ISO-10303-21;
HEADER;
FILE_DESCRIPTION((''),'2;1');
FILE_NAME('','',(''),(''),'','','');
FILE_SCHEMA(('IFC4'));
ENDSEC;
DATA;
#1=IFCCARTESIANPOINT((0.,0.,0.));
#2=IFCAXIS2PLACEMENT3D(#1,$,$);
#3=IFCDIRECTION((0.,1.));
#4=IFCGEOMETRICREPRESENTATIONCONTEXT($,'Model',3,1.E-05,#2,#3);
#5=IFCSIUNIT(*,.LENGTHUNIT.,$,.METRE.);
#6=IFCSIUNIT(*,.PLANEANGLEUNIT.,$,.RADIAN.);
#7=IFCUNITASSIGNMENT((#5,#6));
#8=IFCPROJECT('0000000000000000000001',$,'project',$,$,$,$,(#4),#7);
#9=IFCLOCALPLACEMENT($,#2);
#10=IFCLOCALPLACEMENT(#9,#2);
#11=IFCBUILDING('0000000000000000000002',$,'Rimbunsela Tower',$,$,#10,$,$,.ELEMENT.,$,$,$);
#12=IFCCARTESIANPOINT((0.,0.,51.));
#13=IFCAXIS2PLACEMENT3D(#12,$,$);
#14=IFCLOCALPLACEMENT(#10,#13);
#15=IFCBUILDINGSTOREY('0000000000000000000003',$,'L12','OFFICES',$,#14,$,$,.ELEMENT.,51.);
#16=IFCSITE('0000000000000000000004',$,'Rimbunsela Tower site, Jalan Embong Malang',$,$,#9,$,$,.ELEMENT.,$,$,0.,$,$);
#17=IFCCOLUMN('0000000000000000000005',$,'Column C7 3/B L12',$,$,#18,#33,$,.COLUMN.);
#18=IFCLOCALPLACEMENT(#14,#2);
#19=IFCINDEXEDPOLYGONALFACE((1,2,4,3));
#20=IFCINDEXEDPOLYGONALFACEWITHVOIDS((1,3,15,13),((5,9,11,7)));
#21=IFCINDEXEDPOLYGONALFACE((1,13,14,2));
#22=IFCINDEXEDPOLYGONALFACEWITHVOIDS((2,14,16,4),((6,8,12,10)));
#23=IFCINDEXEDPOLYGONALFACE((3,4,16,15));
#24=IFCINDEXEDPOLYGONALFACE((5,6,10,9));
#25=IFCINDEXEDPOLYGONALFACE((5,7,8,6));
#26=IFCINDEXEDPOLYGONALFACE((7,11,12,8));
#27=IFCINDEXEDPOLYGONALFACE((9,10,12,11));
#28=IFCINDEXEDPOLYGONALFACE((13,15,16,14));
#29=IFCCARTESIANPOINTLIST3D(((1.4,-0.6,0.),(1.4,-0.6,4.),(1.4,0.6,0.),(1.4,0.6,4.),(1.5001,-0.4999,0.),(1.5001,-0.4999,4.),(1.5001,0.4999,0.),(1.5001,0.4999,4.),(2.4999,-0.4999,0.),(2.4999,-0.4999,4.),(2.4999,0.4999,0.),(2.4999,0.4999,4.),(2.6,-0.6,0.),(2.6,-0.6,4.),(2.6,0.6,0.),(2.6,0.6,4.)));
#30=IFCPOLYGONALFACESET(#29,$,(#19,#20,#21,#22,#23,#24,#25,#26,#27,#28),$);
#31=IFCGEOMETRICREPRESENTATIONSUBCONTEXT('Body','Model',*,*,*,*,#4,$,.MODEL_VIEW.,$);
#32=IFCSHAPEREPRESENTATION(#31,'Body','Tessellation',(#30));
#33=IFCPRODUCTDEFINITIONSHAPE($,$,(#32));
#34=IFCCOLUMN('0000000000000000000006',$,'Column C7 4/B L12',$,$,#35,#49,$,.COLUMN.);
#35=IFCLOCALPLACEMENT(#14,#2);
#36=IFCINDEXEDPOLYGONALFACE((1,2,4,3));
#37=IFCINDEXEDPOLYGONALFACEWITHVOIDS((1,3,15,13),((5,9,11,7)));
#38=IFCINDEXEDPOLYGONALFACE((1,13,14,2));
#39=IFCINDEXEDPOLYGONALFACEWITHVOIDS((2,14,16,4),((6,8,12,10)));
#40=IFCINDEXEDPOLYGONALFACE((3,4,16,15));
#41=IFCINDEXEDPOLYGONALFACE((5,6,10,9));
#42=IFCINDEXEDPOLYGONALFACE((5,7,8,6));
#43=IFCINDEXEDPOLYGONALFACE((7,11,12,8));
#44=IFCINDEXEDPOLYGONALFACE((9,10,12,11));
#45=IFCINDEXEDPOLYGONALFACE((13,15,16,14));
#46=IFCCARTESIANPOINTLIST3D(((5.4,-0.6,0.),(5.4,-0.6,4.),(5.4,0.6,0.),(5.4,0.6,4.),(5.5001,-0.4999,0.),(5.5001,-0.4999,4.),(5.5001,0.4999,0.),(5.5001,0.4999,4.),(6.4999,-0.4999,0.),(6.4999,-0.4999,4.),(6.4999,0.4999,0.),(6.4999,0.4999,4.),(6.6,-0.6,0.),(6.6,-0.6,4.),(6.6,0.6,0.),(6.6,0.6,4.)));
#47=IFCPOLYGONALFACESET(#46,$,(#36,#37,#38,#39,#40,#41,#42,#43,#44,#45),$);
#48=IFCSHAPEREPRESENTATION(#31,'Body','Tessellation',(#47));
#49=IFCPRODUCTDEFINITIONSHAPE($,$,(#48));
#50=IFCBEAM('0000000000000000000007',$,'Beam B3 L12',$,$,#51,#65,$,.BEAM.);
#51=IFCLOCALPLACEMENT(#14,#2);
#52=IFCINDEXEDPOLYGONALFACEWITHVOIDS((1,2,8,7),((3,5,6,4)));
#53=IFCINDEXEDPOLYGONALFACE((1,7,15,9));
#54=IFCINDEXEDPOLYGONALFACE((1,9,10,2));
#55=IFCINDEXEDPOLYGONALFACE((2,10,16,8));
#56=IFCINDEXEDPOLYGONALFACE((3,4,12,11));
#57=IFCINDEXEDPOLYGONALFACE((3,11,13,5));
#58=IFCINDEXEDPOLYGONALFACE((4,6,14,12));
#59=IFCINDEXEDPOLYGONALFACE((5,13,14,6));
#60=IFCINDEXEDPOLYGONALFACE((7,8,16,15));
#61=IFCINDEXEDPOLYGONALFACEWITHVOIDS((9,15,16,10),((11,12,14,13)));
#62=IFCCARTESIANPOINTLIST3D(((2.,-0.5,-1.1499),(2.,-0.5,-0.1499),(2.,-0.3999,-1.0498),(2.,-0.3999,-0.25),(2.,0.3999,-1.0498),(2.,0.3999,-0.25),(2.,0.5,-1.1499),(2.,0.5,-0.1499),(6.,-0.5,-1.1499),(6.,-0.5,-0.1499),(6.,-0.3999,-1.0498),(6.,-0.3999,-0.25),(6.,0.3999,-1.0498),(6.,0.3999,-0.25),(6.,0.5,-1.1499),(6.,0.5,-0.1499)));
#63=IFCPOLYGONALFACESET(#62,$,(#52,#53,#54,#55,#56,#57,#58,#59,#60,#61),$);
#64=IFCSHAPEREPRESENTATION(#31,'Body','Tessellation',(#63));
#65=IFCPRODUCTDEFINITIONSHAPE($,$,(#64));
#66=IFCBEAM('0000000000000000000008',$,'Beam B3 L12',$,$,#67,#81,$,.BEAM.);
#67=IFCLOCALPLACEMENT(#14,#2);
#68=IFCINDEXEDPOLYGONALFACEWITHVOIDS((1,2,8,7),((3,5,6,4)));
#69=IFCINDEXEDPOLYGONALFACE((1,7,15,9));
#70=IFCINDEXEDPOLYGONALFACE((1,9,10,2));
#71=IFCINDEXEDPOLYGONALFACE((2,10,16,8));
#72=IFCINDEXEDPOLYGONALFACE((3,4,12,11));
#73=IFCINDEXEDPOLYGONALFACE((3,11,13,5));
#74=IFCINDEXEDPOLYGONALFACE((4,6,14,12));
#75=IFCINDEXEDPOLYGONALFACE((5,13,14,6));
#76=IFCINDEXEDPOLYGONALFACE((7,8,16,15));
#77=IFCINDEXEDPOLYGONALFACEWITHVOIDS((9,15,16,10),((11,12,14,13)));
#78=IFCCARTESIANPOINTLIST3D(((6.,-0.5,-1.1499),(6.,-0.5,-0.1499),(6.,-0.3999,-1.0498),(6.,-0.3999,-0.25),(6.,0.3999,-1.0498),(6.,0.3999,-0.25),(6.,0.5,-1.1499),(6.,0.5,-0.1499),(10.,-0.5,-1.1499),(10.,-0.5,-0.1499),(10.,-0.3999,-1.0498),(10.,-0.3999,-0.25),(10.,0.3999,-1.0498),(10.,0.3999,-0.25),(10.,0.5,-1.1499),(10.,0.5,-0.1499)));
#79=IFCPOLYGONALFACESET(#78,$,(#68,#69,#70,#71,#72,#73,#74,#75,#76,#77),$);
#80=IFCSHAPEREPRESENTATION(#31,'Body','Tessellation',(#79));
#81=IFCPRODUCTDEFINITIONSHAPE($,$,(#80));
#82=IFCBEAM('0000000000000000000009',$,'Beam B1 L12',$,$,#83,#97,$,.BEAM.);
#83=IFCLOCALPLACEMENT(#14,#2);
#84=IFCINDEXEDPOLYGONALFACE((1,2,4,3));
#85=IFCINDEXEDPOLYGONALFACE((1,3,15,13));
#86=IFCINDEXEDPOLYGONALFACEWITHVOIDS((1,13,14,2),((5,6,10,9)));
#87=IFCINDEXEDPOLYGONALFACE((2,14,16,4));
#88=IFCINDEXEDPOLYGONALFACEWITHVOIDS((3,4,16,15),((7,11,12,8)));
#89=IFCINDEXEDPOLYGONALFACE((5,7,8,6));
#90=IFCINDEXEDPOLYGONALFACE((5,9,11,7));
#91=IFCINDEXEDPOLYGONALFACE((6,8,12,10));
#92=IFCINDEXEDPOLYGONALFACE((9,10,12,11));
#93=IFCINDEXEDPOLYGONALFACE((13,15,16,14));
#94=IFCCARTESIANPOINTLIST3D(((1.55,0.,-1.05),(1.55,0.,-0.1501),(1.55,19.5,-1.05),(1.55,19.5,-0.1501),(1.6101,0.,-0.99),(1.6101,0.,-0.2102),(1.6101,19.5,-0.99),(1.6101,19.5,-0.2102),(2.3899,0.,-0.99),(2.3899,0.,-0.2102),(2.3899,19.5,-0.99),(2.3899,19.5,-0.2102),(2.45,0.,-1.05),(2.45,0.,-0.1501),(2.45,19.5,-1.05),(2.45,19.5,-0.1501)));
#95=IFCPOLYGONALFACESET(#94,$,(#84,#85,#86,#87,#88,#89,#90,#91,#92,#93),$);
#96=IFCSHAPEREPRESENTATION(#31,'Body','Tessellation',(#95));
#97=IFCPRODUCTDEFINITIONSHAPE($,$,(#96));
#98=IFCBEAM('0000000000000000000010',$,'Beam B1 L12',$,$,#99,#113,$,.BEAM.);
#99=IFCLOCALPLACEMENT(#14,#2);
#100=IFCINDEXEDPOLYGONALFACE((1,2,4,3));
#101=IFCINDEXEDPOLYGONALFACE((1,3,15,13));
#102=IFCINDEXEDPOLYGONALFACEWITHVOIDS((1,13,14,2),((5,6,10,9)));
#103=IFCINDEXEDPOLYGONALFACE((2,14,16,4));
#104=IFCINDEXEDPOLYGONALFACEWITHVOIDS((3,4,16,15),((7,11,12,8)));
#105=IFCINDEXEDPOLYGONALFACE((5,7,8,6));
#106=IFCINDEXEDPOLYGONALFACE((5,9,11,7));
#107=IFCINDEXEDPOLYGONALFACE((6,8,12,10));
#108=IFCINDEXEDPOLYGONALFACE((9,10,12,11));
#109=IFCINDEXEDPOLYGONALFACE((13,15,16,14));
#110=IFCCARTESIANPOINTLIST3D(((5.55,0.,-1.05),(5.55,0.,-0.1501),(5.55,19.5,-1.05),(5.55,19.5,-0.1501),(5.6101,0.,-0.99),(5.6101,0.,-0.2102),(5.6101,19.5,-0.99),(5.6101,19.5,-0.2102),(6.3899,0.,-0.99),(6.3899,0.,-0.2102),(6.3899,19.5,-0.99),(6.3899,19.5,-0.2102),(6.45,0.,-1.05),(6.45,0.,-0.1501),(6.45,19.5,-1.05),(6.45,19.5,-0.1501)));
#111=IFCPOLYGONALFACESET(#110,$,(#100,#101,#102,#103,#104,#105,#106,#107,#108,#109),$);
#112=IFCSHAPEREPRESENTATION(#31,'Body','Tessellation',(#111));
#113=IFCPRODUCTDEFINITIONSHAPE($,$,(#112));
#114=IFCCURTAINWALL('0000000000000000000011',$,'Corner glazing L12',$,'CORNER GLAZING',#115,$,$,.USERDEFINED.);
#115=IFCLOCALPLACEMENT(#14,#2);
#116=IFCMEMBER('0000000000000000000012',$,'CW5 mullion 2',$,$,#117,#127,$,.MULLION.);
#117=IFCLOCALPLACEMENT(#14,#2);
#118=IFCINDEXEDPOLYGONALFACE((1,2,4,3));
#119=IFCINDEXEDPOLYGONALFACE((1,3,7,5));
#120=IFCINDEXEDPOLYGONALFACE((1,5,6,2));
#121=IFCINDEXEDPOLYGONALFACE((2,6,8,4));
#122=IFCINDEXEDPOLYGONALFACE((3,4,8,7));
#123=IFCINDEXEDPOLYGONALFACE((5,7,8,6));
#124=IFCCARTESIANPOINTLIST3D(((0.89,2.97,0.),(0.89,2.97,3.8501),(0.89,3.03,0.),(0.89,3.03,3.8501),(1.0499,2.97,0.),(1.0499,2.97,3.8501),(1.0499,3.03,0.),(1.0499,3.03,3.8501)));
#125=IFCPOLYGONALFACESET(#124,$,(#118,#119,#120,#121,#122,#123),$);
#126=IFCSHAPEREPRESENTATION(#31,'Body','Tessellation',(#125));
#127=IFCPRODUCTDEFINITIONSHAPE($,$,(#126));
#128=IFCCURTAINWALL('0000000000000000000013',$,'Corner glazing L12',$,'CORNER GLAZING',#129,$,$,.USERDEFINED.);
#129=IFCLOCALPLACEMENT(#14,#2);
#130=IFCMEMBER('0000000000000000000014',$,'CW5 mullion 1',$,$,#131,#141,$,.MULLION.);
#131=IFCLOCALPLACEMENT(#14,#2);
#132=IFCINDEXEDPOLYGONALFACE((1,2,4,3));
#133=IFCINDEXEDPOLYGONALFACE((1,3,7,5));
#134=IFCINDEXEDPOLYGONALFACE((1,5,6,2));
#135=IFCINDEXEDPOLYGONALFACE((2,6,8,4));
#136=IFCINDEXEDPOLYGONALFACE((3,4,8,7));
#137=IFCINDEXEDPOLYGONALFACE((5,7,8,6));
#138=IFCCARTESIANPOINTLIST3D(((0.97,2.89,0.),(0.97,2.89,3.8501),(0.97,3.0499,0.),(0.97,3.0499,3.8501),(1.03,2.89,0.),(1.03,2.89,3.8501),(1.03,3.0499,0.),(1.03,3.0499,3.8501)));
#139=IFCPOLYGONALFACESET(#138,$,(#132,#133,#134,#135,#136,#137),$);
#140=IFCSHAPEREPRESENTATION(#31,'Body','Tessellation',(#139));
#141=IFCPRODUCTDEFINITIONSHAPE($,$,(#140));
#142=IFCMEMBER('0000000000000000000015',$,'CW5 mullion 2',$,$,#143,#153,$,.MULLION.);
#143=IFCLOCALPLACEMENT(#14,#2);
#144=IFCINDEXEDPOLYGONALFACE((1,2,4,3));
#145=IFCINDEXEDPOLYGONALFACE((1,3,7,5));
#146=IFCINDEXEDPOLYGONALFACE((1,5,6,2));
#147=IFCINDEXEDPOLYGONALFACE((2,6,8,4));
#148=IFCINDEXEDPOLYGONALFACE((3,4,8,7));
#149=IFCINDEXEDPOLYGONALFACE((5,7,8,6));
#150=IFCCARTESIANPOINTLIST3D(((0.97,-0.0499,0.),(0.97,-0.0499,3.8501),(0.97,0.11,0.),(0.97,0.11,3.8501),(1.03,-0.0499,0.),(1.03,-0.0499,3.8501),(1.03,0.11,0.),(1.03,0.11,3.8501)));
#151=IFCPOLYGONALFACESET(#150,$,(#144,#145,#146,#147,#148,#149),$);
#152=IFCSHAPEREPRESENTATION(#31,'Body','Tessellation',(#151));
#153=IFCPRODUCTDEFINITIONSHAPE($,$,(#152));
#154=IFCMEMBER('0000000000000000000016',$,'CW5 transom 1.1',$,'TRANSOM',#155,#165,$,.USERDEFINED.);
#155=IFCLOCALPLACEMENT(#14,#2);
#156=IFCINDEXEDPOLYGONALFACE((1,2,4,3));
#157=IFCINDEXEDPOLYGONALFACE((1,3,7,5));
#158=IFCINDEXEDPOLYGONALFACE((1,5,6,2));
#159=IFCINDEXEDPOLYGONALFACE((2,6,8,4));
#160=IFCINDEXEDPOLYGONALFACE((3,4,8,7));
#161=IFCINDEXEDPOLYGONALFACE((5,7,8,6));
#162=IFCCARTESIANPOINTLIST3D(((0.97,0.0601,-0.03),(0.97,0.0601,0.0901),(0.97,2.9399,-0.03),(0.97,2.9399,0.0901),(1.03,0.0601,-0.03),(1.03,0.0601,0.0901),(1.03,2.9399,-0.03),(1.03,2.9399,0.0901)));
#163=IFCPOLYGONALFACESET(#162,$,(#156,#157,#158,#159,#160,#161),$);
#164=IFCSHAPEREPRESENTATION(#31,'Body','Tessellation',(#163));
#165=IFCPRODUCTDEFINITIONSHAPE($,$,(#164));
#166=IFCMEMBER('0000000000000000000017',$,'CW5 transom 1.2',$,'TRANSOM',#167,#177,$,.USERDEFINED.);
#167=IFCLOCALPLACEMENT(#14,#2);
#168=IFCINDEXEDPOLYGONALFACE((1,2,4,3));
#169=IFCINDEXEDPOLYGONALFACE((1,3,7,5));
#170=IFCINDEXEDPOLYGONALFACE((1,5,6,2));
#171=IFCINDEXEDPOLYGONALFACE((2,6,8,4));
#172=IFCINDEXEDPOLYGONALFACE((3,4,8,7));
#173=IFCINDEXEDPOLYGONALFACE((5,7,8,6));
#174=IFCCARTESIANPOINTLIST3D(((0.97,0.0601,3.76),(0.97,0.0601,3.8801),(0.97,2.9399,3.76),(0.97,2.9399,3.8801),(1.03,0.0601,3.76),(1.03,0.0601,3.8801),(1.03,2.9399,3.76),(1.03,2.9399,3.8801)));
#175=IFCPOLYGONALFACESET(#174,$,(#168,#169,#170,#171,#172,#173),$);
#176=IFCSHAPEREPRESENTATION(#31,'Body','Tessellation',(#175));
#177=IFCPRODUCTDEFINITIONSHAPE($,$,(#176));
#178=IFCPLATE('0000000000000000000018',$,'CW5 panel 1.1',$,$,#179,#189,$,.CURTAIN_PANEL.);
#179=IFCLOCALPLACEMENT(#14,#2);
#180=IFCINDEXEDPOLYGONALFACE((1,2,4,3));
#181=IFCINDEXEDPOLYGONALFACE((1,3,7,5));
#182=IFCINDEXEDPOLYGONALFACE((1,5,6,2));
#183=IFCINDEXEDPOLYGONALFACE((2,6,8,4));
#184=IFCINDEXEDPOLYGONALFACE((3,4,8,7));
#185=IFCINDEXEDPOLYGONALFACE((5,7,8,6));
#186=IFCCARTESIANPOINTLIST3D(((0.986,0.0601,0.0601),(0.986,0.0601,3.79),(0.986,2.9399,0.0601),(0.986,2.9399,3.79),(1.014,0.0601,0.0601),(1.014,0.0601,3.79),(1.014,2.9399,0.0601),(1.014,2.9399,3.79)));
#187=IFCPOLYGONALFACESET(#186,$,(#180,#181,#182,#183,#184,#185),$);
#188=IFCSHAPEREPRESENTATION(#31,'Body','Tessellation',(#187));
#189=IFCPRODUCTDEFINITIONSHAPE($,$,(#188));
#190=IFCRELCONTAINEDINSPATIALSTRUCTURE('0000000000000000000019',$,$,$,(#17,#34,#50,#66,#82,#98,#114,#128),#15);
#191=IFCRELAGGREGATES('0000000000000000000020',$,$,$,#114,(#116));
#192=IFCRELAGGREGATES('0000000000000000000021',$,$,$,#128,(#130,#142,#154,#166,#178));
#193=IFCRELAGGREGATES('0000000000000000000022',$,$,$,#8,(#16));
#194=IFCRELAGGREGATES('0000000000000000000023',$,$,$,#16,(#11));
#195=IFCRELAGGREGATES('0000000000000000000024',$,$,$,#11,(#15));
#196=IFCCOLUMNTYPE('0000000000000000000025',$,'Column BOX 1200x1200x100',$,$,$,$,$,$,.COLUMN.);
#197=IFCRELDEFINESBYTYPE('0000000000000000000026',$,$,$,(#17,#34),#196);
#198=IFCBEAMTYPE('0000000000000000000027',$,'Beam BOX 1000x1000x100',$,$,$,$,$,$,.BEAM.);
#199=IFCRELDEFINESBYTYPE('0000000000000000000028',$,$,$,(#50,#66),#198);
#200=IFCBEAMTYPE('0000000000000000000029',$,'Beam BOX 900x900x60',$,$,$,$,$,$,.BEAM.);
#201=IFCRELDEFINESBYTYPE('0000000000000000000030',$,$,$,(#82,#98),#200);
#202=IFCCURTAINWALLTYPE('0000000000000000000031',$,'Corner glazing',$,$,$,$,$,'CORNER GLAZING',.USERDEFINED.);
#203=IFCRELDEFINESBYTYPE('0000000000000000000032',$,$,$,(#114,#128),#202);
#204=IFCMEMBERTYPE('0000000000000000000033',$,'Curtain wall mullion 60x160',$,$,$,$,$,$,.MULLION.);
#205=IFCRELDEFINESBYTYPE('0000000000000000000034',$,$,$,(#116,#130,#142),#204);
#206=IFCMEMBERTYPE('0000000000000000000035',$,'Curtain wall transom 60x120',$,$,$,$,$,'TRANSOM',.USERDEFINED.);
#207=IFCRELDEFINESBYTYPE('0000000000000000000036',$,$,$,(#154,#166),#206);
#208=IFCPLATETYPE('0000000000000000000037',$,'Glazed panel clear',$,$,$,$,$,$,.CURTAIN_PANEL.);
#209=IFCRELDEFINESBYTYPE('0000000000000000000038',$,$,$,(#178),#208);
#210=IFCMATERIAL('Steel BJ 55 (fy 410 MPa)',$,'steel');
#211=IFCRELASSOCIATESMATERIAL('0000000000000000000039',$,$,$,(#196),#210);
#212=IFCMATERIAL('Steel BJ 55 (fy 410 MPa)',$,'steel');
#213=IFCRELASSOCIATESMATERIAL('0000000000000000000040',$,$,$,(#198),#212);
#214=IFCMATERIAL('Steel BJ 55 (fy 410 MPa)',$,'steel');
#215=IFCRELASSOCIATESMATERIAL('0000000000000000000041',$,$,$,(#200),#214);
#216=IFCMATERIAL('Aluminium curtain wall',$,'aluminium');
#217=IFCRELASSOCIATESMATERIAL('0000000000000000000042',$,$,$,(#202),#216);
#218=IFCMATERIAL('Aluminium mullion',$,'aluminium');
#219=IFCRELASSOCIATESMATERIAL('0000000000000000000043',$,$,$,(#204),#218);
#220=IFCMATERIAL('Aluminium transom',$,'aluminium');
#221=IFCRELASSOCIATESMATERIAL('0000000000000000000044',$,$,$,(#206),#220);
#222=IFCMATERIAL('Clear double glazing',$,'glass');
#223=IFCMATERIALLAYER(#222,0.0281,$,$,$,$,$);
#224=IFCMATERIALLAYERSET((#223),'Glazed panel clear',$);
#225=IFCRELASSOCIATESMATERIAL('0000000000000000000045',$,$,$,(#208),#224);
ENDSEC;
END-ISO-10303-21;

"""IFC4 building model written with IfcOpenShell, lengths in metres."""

from ifc_helpers import new_model, si_unit, direction, frame, origin, origin_2d, place, context, subcontext, project, spatial, rectangle, hollow_rectangle, extrude, material, layer, layer_set, material_profile, profile_set, type_object, element, aggregate, save


model = new_model("IFC4")

# Units and contexts
model_context = context("Model", 3, precision=1e-05, world=origin(), true_north=direction((0.0, 1.0)))
body_context = subcontext(model_context, "Body", "Model", "MODEL_VIEW")
ifc_project = project(units=[si_unit("LENGTHUNIT", "METRE"), si_unit("PLANEANGLEUNIT", "RADIAN")], contexts=[model_context])

# Site, building, storey
site_placement = place(None, origin())
site = spatial("IfcSite", under=ifc_project, at=site_placement, Name="Rimbunsela Tower site, Jalan Embong Malang", CompositionType="ELEMENT", RefElevation=0.0)
building_placement = place(site_placement, origin())
building = spatial("IfcBuilding", under=site, at=building_placement, Name="Rimbunsela Tower", CompositionType="ELEMENT")
storey_placement = place(building_placement, frame((0.0, 0.0, 51.0)))
storey = spatial("IfcBuildingStorey", under=building, at=storey_placement, Name="L12", Description="OFFICES", CompositionType="ELEMENT", Elevation=51.0)

# Columns
ifc_material_1 = material(Name="Steel BJ 55 (fy 410 MPa)", Category="steel")
ifc_material_profile_1 = material_profile(ifc_material_1, hollow_rectangle(XDim=1.2, YDim=1.2, WallThickness=0.1001, at=origin_2d()), Name="BOX 1200x1200x100")
ifc_profile_set_1 = profile_set([ifc_material_profile_1], Name="Steel BJ 55 (fy 410 MPa)")
column_type = type_object("IfcColumnType", Name="Column BOX 1200x1200x100", PredefinedType="COLUMN", material=ifc_profile_set_1)
for number, where, z_axis, x_axis, name in (
    (1, (2.0, 0.0, 0.0), (0.0, 0.0, 1.0), (1.0, 0.0, 0.0), "Column C7 3/B L12"),
    (2, (6.0, 0.0, 0.0), (0.0, 0.0, 1.0), (1.0, 0.0, 0.0), "Column C7 4/B L12"),
):
    element("IfcColumn", number, at=place(storey_placement, frame(where, z_axis=z_axis, x_axis=x_axis)), inside=storey, type_object=column_type, Name=name, PredefinedType="COLUMN", context=body_context, shape_type="SweptSolid", body=[
        extrude(hollow_rectangle(XDim=1.2, YDim=1.2, WallThickness=0.1001, at=origin_2d()), origin(), (0.0, 0.0, 1.0), 4.0),
    ])

# Beams
ifc_material_2 = material(Name="Steel BJ 55 (fy 410 MPa)", Category="steel")
ifc_material_profile_2 = material_profile(ifc_material_2, hollow_rectangle(XDim=1.0, YDim=1.0, WallThickness=0.1001, at=origin_2d()), Name="BOX 1000x1000x100")
ifc_profile_set_2 = profile_set([ifc_material_profile_2], Name="Steel BJ 55 (fy 410 MPa)")
beam_type_1 = type_object("IfcBeamType", Name="Beam BOX 1000x1000x100", PredefinedType="BEAM", material=ifc_profile_set_2)
for number, where, z_axis, x_axis, name in (
    (3, (2.0, 0.0, -0.6499), (1.0, 0.0, 0.0), (0.0, 1.0, 0.0), "Beam B3 L12"),
    (4, (6.0, 0.0, -0.6499), (1.0, 0.0, 0.0), (0.0, 1.0, 0.0), "Beam B3 L12"),
):
    element("IfcBeam", number, at=place(storey_placement, frame(where, z_axis=z_axis, x_axis=x_axis)), inside=storey, type_object=beam_type_1, Name=name, PredefinedType="BEAM", context=body_context, shape_type="SweptSolid", body=[
        extrude(hollow_rectangle(XDim=1.0, YDim=1.0, WallThickness=0.1001, at=origin_2d()), origin(), (0.0, 0.0, 1.0), 4.0),
    ])
ifc_material_3 = material(Name="Steel BJ 55 (fy 410 MPa)", Category="steel")
ifc_material_profile_3 = material_profile(ifc_material_3, hollow_rectangle(XDim=0.8999, YDim=0.8999, WallThickness=0.0601, at=origin_2d()), Name="BOX 900x900x60")
ifc_profile_set_3 = profile_set([ifc_material_profile_3], Name="Steel BJ 55 (fy 410 MPa)")
beam_type_2 = type_object("IfcBeamType", Name="Beam BOX 900x900x60", PredefinedType="BEAM", material=ifc_profile_set_3)
for number, where, z_axis, x_axis, name in (
    (5, (2.0, 0.0, -0.6001), (0.0, 1.0, 0.0), (-1.0, 0.0, 0.0), "Beam B1 L12"),
    (6, (6.0, 0.0, -0.6001), (0.0, 1.0, 0.0), (-1.0, 0.0, 0.0), "Beam B1 L12"),
):
    element("IfcBeam", number, at=place(storey_placement, frame(where, z_axis=z_axis, x_axis=x_axis)), inside=storey, type_object=beam_type_2, Name=name, PredefinedType="BEAM", context=body_context, shape_type="SweptSolid", body=[
        extrude(hollow_rectangle(XDim=0.8999, YDim=0.8999, WallThickness=0.0601, at=origin_2d()), origin(), (0.0, 0.0, 1.0), 19.5),
    ])

# Curtain wall, member
ifc_material_4 = material(Name="Aluminium curtain wall", Category="aluminium")
curtain_wall_type = type_object("IfcCurtainWallType", Name="Corner glazing", ElementType="CORNER GLAZING", PredefinedType="USERDEFINED", material=ifc_material_4)
curtain_wall_1_placement = place(storey_placement, origin())
curtain_wall_1 = element("IfcCurtainWall", 7, at=curtain_wall_1_placement, inside=storey, type_object=curtain_wall_type, Name="Corner glazing L12", ObjectType="CORNER GLAZING", PredefinedType="USERDEFINED")
ifc_material_5 = material(Name="Aluminium mullion", Category="aluminium")
ifc_material_profile_4 = material_profile(ifc_material_5, rectangle(XDim=0.0601, YDim=0.1599, at=origin_2d()), Name="Mullion 60x160")
ifc_profile_set_4 = profile_set([ifc_material_profile_4], Name="Aluminium mullion")
member_type_1 = type_object("IfcMemberType", Name="Curtain wall mullion 60x160", PredefinedType="MULLION", material=ifc_profile_set_4)
member_1_placement = place(storey_placement, frame((0.97, 3.0, 0.0), z_axis=(0.0, 0.0, 1.0), x_axis=(0.0, 1.0, 0.0)))
member_1 = element("IfcMember", 8, at=member_1_placement, type_object=member_type_1, Name="CW5 mullion 2", PredefinedType="MULLION", context=body_context, shape_type="SweptSolid", body=[
    extrude(rectangle(XDim=0.0601, YDim=0.1599, at=origin_2d()), origin(), (0.0, 0.0, 1.0), 3.8501),
])
aggregate(curtain_wall_1, [member_1])

# Curtain wall, members, plate
curtain_wall_2_placement = place(storey_placement, origin())
curtain_wall_2 = element("IfcCurtainWall", 9, at=curtain_wall_2_placement, inside=storey, type_object=curtain_wall_type, Name="Corner glazing L12", ObjectType="CORNER GLAZING", PredefinedType="USERDEFINED")
member_2_placement = place(storey_placement, frame((1.0, 2.97, 0.0), z_axis=(0.0, 0.0, 1.0), x_axis=(1.0, 0.0, 0.0)))
member_2 = element("IfcMember", 10, at=member_2_placement, type_object=member_type_1, Name="CW5 mullion 1", PredefinedType="MULLION", context=body_context, shape_type="SweptSolid", body=[
    extrude(rectangle(XDim=0.0601, YDim=0.1599, at=origin_2d()), origin(), (0.0, 0.0, 1.0), 3.8501),
])
member_3_placement = place(storey_placement, frame((1.0, 0.03, 0.0), z_axis=(0.0, 0.0, 1.0), x_axis=(1.0, 0.0, 0.0)))
member_3 = element("IfcMember", 11, at=member_3_placement, type_object=member_type_1, Name="CW5 mullion 2", PredefinedType="MULLION", context=body_context, shape_type="SweptSolid", body=[
    extrude(rectangle(XDim=0.0601, YDim=0.1599, at=origin_2d()), origin(), (0.0, 0.0, 1.0), 3.8501),
])
ifc_material_6 = material(Name="Aluminium transom", Category="aluminium")
ifc_material_profile_5 = material_profile(ifc_material_6, rectangle(XDim=0.0601, YDim=0.1201, at=origin_2d()), Name="Transom 60x120")
ifc_profile_set_5 = profile_set([ifc_material_profile_5], Name="Aluminium transom")
member_type_2 = type_object("IfcMemberType", Name="Curtain wall transom 60x120", ElementType="TRANSOM", PredefinedType="USERDEFINED", material=ifc_profile_set_5)
member_4_placement = place(storey_placement, frame((1.0, 2.9399, 0.03), z_axis=(0.0, -1.0, 0.0), x_axis=(1.0, 0.0, 0.0)))
member_4 = element("IfcMember", 12, at=member_4_placement, type_object=member_type_2, Name="CW5 transom 1.1", ObjectType="TRANSOM", PredefinedType="USERDEFINED", context=body_context, shape_type="SweptSolid", body=[
    extrude(rectangle(XDim=0.0601, YDim=0.1201, at=origin_2d()), origin(), (0.0, 0.0, 1.0), 2.8799),
])
member_5_placement = place(storey_placement, frame((1.0, 2.9399, 3.8201), z_axis=(0.0, -1.0, 0.0), x_axis=(1.0, 0.0, 0.0)))
member_5 = element("IfcMember", 13, at=member_5_placement, type_object=member_type_2, Name="CW5 transom 1.2", ObjectType="TRANSOM", PredefinedType="USERDEFINED", context=body_context, shape_type="SweptSolid", body=[
    extrude(rectangle(XDim=0.0601, YDim=0.1201, at=origin_2d()), origin(), (0.0, 0.0, 1.0), 2.8799),
])
ifc_material_7 = material(Name="Clear double glazing", Category="glass")
ifc_layer_1 = layer(ifc_material_7, 0.0281)
ifc_layer_set_1 = layer_set([ifc_layer_1], Name="Glazed panel clear")
plate_type = type_object("IfcPlateType", Name="Glazed panel clear", PredefinedType="CURTAIN_PANEL", material=ifc_layer_set_1)
plate_placement = place(storey_placement, frame((1.0, 1.5, 0.0601), z_axis=(0.0, 0.0, 1.0), x_axis=(0.0, -1.0, 0.0)))
plate = element("IfcPlate", 14, at=plate_placement, type_object=plate_type, Name="CW5 panel 1.1", PredefinedType="CURTAIN_PANEL", context=body_context, shape_type="SweptSolid", body=[
    extrude(rectangle(XDim=2.8799, YDim=0.0281, at=origin_2d()), origin(), (0.0, 0.0, 1.0), 3.73),
])
aggregate(curtain_wall_2, [member_2, member_3, member_4, member_5, plate])

save(model, "model.ifc")
